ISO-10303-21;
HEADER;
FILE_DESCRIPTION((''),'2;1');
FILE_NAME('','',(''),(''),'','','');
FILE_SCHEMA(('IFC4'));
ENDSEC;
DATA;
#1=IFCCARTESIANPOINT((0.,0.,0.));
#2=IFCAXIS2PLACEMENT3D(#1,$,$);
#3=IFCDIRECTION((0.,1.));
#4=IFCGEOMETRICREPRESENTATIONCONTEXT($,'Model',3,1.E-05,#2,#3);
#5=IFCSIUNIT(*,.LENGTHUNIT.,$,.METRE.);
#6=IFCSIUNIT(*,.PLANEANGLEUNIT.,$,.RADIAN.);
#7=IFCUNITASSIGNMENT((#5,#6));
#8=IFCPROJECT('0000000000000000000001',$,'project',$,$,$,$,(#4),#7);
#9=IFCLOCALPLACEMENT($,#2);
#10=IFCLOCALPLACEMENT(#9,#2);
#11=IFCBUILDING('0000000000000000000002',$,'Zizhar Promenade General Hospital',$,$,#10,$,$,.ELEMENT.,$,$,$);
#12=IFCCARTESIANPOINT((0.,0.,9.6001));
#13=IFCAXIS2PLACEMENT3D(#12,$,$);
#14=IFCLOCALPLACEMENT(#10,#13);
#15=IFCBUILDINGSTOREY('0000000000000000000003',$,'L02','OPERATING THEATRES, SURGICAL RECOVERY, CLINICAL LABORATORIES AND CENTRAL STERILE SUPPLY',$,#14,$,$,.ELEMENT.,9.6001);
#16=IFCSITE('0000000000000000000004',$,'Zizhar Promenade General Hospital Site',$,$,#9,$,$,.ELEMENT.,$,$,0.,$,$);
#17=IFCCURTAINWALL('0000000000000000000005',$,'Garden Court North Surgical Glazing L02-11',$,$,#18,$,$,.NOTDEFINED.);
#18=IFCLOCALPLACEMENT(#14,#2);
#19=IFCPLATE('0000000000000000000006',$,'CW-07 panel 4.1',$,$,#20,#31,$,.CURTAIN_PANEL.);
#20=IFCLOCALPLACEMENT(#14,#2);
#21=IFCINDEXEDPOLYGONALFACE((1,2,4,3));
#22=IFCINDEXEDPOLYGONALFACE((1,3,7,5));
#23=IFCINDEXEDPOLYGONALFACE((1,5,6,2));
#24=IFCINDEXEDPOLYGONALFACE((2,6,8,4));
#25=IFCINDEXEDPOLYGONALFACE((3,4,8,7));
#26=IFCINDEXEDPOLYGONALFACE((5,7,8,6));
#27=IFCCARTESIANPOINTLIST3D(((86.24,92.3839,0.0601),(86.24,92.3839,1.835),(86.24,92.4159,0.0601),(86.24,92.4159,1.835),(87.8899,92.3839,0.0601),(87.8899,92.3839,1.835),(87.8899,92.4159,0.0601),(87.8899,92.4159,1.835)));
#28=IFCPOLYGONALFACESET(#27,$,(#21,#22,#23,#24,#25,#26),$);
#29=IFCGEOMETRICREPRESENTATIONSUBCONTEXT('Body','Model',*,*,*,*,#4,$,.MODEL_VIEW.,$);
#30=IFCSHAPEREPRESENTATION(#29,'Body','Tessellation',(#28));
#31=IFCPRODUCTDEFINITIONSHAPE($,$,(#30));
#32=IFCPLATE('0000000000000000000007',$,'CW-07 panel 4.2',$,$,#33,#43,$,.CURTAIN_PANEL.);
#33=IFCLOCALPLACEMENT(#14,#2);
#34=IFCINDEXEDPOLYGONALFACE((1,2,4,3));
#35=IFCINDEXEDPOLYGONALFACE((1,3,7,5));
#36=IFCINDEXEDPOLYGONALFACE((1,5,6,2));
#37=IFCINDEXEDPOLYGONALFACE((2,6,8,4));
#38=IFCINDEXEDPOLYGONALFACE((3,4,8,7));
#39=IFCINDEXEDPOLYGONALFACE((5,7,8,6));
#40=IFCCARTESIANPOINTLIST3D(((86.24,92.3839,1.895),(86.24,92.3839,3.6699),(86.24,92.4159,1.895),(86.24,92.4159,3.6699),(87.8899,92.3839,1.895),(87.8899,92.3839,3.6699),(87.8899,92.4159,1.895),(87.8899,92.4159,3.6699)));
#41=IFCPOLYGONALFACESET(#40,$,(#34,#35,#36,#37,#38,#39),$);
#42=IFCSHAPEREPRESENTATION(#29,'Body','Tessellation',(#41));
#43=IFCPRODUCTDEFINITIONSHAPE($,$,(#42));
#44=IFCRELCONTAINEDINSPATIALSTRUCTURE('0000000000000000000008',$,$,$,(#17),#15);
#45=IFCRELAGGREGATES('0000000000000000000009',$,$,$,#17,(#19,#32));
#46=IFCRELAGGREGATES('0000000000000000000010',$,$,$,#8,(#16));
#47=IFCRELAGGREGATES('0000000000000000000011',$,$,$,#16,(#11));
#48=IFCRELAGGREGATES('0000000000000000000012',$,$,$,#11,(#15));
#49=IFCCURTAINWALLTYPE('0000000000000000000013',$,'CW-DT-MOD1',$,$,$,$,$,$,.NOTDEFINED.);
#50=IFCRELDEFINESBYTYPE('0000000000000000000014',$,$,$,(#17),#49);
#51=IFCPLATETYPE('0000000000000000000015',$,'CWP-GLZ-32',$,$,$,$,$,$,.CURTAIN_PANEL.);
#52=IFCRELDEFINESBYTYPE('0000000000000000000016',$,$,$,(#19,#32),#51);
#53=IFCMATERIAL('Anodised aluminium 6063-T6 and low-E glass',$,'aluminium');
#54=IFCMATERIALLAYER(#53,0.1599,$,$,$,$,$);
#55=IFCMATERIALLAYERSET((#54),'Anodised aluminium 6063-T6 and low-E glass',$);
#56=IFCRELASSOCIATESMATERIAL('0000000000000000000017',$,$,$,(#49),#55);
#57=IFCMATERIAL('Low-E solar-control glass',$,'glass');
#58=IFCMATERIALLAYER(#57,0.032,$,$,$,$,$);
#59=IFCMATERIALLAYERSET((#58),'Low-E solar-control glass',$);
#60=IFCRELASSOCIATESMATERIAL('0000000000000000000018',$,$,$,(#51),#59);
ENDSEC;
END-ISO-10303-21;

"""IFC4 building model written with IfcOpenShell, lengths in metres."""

from ifc_helpers import new_model, si_unit, direction, frame, origin, origin_2d, place, context, subcontext, project, spatial, rectangle, extrude, material, layer, layer_set, type_object, element, aggregate, save


model = new_model("IFC4")

# Units and contexts
model_context = context("Model", 3, precision=1e-05, world=origin(), true_north=direction((0.0, 1.0)))
body_context = subcontext(model_context, "Body", "Model", "MODEL_VIEW")
ifc_project = project(units=[si_unit("LENGTHUNIT", "METRE"), si_unit("PLANEANGLEUNIT", "RADIAN")], contexts=[model_context])

# Site, building, storey
site_placement = place(None, origin())
site = spatial("IfcSite", under=ifc_project, at=site_placement, Name="Zizhar Promenade General Hospital Site", CompositionType="ELEMENT", RefElevation=0.0)
building_placement = place(site_placement, origin())
building = spatial("IfcBuilding", under=site, at=building_placement, Name="Zizhar Promenade General Hospital", CompositionType="ELEMENT")
storey_placement = place(building_placement, frame((0.0, 0.0, 9.6001)))
storey = spatial("IfcBuildingStorey", under=building, at=storey_placement, Name="L02", Description="OPERATING THEATRES, SURGICAL RECOVERY, CLINICAL LABORATORIES AND CENTRAL STERILE SUPPLY", CompositionType="ELEMENT", Elevation=9.6001)

# Curtain wall
ifc_material_1 = material(Name="Anodised aluminium 6063-T6 and low-E glass", Category="aluminium")
ifc_layer_1 = layer(ifc_material_1, 0.1599)
ifc_layer_set_1 = layer_set([ifc_layer_1], Name="Anodised aluminium 6063-T6 and low-E glass")
curtain_wall_type = type_object("IfcCurtainWallType", Name="CW-DT-MOD1", PredefinedType="NOTDEFINED", material=ifc_layer_set_1)
curtain_wall_1_placement = place(storey_placement, origin())
curtain_wall_1 = element("IfcCurtainWall", 1, at=curtain_wall_1_placement, inside=storey, type_object=curtain_wall_type, Name="Garden Court North Surgical Glazing L02-11", PredefinedType="NOTDEFINED")

# Plates
ifc_material_2 = material(Name="Low-E solar-control glass", Category="glass")
ifc_layer_2 = layer(ifc_material_2, 0.032)
ifc_layer_set_2 = layer_set([ifc_layer_2], Name="Low-E solar-control glass")
plate_type = type_object("IfcPlateType", Name="CWP-GLZ-32", PredefinedType="CURTAIN_PANEL", material=ifc_layer_set_2)
plate_1_placement = place(storey_placement, frame((87.0649, 92.3999, 0.0601), z_axis=(0.0, 0.0, 1.0), x_axis=(-1.0, 0.0, 0.0)))
plate_1 = element("IfcPlate", 2, at=plate_1_placement, type_object=plate_type, Name="CW-07 panel 4.1", PredefinedType="CURTAIN_PANEL", context=body_context, shape_type="SweptSolid", body=[
    extrude(rectangle(XDim=1.6499, YDim=0.032, at=origin_2d()), origin(), (0.0, 0.0, 1.0), 1.7749),
])
plate_2_placement = place(storey_placement, frame((87.0649, 92.3999, 1.895), z_axis=(0.0, 0.0, 1.0), x_axis=(-1.0, 0.0, 0.0)))
plate_2 = element("IfcPlate", 3, at=plate_2_placement, type_object=plate_type, Name="CW-07 panel 4.2", PredefinedType="CURTAIN_PANEL", context=body_context, shape_type="SweptSolid", body=[
    extrude(rectangle(XDim=1.6499, YDim=0.032, at=origin_2d()), origin(), (0.0, 0.0, 1.0), 1.7749),
])
aggregate(curtain_wall_1, [plate_1, plate_2])

save(model, "model.ifc")
